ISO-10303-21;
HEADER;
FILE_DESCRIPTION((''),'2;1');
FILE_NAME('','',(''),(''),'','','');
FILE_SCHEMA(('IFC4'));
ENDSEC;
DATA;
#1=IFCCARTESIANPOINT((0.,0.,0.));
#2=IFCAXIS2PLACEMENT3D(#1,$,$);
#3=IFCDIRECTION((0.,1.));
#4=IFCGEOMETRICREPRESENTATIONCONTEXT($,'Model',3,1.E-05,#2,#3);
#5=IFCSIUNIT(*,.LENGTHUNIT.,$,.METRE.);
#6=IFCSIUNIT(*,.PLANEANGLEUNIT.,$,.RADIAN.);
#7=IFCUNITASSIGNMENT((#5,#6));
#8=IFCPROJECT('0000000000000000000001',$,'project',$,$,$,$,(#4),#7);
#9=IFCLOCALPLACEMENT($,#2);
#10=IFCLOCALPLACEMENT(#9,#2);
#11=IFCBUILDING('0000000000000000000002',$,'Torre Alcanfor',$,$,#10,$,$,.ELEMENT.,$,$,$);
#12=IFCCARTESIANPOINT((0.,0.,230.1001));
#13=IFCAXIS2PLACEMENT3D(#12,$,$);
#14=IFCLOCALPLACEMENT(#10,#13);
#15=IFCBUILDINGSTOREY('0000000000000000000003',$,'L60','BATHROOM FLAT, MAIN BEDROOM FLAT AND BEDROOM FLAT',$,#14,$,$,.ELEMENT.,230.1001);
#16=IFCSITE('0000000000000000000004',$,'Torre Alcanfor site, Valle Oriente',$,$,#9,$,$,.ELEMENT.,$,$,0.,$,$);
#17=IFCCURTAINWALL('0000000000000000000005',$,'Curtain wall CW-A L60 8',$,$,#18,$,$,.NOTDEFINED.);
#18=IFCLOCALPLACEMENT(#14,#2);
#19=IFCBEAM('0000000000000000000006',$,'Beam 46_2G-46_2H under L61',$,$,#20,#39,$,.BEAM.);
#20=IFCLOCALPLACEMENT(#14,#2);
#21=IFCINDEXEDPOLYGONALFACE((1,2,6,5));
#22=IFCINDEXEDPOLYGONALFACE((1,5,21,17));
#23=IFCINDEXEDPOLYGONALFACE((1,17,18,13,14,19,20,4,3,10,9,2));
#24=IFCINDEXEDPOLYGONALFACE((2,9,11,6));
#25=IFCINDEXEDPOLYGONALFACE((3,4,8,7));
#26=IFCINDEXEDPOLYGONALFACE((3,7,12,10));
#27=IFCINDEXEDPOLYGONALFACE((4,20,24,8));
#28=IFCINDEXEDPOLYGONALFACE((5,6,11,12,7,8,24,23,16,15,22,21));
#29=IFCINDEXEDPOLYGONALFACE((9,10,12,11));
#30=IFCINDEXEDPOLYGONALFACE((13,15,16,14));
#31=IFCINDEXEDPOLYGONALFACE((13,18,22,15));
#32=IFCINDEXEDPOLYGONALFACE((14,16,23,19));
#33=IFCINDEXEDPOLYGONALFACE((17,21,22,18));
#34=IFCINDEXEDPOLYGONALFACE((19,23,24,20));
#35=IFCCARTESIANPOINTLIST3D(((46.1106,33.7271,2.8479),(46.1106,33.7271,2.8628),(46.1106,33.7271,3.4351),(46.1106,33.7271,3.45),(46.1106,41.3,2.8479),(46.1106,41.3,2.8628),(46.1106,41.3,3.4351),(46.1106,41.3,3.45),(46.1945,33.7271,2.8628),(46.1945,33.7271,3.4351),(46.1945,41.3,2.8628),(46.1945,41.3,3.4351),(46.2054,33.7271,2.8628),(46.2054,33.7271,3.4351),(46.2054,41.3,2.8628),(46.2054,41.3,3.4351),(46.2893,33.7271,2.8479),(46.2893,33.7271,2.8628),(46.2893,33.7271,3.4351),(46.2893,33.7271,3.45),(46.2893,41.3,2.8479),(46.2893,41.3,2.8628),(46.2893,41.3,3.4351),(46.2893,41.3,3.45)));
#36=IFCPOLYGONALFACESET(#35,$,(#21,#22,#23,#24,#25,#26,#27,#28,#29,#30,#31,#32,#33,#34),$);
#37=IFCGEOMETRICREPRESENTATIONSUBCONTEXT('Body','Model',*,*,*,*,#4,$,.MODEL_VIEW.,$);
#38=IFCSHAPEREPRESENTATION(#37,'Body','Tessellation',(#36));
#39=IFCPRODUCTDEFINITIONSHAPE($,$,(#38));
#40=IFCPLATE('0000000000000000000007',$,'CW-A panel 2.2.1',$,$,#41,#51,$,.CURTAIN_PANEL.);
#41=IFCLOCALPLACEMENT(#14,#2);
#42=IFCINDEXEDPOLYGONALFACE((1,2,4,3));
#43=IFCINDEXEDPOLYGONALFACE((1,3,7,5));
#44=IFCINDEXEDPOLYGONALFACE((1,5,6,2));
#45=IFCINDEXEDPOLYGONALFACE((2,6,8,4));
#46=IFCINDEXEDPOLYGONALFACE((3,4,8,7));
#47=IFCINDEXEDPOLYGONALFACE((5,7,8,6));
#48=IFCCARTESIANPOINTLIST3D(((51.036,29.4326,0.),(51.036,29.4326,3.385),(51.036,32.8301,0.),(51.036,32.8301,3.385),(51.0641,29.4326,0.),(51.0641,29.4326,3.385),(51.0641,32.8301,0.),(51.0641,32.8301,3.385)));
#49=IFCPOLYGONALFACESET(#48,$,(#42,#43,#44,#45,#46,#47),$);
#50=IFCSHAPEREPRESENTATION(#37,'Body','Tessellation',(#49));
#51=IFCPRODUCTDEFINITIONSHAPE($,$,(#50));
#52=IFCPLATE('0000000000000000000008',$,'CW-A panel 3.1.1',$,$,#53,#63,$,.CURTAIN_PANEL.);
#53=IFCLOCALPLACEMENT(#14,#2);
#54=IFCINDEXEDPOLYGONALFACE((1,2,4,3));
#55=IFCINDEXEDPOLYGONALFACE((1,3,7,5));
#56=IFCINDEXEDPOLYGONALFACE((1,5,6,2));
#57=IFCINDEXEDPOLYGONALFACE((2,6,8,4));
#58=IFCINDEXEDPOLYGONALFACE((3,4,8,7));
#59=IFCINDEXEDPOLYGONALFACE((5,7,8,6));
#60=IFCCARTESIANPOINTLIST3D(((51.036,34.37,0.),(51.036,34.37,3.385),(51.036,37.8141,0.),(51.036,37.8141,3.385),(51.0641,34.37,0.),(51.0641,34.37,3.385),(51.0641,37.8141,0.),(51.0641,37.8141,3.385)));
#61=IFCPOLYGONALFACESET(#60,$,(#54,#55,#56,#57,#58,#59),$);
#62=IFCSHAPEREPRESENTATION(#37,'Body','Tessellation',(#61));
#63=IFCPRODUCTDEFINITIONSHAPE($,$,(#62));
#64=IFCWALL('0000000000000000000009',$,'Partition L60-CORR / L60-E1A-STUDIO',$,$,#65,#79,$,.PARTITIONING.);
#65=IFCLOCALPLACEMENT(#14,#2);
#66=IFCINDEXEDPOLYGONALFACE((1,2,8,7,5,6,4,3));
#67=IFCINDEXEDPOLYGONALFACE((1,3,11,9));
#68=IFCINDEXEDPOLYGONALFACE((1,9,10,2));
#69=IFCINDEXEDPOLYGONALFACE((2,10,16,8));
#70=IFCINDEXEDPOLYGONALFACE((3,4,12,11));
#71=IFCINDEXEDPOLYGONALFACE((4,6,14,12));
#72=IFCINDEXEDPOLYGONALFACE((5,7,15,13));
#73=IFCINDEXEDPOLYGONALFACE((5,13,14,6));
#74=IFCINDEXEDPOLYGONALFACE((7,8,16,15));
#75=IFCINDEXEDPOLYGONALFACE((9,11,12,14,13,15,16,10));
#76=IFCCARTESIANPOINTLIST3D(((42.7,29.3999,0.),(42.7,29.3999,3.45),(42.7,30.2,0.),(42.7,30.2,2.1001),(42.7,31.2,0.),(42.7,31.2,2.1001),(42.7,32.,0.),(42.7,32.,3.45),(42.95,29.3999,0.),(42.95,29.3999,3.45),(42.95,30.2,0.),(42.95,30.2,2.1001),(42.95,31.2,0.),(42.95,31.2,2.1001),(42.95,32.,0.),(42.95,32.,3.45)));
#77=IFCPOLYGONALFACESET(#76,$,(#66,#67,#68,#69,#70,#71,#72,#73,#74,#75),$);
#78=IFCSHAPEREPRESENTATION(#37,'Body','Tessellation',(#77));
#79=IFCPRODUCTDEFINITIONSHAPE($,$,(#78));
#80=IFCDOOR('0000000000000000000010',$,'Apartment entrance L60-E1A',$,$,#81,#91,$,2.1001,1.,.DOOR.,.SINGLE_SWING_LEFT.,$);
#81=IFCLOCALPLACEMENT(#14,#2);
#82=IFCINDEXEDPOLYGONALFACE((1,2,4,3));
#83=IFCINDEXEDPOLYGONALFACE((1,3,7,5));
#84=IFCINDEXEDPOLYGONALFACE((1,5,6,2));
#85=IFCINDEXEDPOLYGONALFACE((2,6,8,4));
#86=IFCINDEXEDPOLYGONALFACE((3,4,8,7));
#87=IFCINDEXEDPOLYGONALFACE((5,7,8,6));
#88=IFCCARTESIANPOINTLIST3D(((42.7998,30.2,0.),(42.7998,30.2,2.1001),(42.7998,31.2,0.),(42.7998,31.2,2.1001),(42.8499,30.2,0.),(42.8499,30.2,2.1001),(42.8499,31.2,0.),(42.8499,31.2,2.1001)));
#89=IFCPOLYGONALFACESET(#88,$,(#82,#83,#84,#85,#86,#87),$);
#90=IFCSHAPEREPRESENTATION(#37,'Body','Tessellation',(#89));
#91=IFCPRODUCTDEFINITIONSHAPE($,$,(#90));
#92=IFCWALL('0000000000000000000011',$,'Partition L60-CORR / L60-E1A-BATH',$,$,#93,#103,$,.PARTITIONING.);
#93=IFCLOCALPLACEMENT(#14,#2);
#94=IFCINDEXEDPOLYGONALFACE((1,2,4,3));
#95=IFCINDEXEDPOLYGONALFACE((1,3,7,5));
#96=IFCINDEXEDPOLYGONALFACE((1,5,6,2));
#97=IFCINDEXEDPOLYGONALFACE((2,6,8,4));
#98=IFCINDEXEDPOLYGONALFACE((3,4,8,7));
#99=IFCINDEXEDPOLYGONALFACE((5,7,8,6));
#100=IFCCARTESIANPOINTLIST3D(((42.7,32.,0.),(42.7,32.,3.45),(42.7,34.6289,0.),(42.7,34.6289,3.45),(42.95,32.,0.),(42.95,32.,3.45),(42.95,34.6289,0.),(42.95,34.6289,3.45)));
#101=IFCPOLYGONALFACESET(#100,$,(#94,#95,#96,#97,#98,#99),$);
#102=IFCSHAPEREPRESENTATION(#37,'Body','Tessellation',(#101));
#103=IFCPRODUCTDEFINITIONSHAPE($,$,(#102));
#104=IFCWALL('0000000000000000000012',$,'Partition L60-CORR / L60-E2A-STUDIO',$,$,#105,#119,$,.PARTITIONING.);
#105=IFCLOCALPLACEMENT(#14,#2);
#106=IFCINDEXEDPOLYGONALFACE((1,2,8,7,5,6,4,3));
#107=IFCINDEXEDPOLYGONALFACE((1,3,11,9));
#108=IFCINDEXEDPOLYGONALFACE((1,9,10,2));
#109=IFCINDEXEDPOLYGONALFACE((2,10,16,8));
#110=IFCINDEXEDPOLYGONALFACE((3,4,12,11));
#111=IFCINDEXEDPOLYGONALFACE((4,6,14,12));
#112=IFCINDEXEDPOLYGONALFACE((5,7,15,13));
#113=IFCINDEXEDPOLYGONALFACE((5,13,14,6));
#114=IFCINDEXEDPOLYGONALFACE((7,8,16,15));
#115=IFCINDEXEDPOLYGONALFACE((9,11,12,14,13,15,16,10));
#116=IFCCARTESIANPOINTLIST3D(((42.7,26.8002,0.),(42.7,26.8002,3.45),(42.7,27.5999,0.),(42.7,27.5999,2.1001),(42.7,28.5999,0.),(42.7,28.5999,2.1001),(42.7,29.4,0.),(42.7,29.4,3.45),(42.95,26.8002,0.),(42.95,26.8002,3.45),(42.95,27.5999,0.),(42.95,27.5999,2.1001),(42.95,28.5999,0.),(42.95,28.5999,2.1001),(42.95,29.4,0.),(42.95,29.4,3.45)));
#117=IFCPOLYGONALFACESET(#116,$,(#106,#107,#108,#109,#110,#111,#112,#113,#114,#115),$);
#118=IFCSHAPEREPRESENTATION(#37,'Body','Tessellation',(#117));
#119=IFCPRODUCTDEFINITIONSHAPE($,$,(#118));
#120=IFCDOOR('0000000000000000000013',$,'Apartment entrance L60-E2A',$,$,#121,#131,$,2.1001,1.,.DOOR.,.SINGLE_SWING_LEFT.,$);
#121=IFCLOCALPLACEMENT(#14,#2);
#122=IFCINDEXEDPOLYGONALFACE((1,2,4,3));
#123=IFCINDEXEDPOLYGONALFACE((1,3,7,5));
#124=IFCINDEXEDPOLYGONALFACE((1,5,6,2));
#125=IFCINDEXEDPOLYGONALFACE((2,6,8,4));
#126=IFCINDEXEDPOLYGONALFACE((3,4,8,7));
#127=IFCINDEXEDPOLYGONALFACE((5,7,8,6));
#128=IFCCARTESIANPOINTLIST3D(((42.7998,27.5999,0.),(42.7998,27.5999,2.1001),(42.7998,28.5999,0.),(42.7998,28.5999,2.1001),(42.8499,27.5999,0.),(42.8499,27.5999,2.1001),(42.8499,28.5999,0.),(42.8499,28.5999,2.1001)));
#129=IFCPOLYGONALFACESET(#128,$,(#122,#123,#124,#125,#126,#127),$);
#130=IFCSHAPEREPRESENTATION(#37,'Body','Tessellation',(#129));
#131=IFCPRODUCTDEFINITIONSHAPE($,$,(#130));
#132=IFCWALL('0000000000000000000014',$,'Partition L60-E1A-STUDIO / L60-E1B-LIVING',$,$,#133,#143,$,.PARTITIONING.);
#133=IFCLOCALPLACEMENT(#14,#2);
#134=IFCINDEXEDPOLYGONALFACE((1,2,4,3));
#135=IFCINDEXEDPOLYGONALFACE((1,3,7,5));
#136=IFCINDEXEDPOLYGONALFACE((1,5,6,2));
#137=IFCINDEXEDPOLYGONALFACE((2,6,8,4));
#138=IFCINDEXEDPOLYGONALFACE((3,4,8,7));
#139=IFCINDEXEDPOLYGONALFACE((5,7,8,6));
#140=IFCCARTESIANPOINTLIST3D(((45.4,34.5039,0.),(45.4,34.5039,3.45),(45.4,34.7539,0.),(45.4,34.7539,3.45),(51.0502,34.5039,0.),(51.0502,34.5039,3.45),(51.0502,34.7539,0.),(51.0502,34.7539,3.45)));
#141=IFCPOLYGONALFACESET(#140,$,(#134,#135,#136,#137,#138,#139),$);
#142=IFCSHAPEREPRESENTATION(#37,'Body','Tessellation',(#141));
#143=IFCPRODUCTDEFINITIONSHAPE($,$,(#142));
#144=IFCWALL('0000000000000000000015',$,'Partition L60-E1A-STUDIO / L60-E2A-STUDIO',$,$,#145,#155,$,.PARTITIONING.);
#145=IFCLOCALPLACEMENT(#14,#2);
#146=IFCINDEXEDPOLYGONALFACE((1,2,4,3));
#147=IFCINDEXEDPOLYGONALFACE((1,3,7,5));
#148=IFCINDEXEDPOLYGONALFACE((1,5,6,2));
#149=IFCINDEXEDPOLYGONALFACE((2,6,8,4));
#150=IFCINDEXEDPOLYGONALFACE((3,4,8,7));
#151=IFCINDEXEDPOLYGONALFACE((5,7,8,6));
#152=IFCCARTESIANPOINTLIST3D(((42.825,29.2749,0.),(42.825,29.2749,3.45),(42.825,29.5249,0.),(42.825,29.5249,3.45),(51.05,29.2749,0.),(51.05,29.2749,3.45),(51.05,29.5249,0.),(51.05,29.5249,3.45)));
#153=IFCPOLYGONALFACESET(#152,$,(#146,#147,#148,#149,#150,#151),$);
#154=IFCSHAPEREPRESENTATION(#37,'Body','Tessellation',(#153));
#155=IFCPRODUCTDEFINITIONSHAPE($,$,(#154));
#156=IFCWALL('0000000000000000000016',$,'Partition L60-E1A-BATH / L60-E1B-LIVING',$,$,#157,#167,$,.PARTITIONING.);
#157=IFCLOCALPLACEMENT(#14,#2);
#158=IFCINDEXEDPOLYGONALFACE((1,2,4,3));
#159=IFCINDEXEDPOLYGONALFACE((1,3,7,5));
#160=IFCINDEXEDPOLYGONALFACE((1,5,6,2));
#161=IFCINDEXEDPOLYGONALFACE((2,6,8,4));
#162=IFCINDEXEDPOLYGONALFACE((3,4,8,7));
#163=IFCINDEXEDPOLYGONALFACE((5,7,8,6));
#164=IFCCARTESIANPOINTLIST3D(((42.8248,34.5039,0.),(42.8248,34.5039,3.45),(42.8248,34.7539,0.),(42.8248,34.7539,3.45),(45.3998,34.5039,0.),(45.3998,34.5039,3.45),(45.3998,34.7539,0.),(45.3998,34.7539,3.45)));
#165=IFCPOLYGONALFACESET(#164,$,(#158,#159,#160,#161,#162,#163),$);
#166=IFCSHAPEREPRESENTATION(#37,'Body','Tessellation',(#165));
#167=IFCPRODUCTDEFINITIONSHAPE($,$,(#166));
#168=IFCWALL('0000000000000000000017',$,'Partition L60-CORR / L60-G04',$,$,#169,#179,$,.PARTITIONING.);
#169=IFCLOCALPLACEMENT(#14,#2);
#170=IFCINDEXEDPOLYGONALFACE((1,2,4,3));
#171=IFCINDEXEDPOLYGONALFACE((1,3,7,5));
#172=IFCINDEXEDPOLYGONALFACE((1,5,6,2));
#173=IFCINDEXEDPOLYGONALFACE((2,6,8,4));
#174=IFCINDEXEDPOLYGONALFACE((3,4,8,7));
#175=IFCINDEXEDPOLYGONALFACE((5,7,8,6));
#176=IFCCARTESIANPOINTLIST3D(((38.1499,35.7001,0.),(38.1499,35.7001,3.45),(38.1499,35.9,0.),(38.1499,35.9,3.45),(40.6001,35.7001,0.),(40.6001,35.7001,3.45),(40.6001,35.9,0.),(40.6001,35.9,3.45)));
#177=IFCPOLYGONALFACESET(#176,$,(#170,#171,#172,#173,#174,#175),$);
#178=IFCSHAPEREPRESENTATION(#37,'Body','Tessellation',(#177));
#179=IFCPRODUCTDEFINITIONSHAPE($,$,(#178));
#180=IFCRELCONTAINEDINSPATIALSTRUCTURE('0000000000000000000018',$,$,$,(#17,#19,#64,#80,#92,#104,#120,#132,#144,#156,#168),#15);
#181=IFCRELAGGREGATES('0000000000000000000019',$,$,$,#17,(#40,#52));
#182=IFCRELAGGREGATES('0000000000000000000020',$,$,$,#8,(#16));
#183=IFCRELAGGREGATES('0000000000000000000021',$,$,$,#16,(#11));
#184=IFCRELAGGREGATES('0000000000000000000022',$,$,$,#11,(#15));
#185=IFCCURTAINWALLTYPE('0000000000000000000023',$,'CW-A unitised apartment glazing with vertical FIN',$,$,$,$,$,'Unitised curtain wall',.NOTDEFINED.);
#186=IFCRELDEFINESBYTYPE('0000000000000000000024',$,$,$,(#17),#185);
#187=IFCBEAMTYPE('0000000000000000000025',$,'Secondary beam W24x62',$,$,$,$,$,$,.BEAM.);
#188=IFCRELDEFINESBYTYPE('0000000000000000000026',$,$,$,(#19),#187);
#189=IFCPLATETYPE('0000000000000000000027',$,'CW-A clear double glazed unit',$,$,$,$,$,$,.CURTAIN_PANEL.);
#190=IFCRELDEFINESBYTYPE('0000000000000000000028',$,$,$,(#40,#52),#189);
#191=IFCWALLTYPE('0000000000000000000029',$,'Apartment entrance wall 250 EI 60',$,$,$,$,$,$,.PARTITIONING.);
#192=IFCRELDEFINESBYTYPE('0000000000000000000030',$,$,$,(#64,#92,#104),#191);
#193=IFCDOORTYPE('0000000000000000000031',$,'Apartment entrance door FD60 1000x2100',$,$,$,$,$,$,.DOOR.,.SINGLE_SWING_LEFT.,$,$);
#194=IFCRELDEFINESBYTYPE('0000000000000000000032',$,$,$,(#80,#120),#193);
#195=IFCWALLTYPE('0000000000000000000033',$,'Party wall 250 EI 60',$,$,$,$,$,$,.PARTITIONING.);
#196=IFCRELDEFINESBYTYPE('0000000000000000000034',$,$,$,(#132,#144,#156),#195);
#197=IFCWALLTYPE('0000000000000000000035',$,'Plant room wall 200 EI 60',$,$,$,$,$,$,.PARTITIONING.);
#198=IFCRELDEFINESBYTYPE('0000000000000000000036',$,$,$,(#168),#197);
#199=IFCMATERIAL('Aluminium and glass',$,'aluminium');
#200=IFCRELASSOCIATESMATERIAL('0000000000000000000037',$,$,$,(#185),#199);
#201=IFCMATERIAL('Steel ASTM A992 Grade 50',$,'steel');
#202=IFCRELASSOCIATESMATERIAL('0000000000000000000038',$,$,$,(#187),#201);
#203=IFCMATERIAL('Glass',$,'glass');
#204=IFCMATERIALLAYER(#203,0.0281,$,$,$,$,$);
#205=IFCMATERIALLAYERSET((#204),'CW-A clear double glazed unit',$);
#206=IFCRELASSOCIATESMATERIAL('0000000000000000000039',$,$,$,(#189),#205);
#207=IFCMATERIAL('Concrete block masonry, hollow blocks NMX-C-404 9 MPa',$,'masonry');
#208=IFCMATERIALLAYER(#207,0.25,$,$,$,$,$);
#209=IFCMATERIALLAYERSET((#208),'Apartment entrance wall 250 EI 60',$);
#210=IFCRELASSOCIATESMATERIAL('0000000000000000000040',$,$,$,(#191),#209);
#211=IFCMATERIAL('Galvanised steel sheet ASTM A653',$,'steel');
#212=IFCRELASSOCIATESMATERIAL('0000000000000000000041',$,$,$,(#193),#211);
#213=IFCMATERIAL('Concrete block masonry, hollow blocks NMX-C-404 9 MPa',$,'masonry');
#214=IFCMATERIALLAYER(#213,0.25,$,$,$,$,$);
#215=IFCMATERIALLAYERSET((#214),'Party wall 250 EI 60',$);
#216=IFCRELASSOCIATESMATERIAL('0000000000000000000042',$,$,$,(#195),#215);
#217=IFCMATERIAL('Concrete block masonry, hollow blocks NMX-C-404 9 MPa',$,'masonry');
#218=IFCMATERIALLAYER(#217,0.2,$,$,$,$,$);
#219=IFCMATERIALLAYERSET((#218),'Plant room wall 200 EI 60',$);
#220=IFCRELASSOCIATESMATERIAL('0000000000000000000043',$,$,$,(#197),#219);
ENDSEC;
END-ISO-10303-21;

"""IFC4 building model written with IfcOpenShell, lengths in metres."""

from ifc_helpers import new_model, si_unit, direction, frame, frame_2d, origin, origin_2d, place, context, subcontext, project, spatial, rectangle, i_section, extrude, material, layer, layer_set, material_profile, profile_set, type_object, element, fill, aggregate, save


model = new_model("IFC4")

# Units and contexts
model_context = context("Model", 3, precision=1e-05, world=origin(), true_north=direction((0.0, 1.0)))
body_context = subcontext(model_context, "Body", "Model", "MODEL_VIEW")
ifc_project = project(units=[si_unit("LENGTHUNIT", "METRE"), si_unit("PLANEANGLEUNIT", "RADIAN")], contexts=[model_context])

# Site, building, storey
site_placement = place(None, origin())
site = spatial("IfcSite", under=ifc_project, at=site_placement, Name="Torre Alcanfor site, Valle Oriente", CompositionType="ELEMENT", RefElevation=0.0)
building_placement = place(site_placement, origin())
building = spatial("IfcBuilding", under=site, at=building_placement, Name="Torre Alcanfor", CompositionType="ELEMENT")
storey_placement = place(building_placement, frame((0.0, 0.0, 230.1001)))
storey = spatial("IfcBuildingStorey", under=building, at=storey_placement, Name="L60", Description="BATHROOM FLAT, MAIN BEDROOM FLAT AND BEDROOM FLAT", CompositionType="ELEMENT", Elevation=230.1001)

# Curtain wall
ifc_material_1 = material(Name="Aluminium and glass", Category="aluminium")
curtain_wall_type = type_object("IfcCurtainWallType", Name="CW-A unitised apartment glazing with vertical FIN", ElementType="Unitised curtain wall", PredefinedType="NOTDEFINED", material=ifc_material_1)
curtain_wall_placement = place(storey_placement, origin())
curtain_wall = element("IfcCurtainWall", 1, at=curtain_wall_placement, inside=storey, type_object=curtain_wall_type, Name="Curtain wall CW-A L60 8", PredefinedType="NOTDEFINED")

# Beam
ifc_material_2 = material(Name="Steel ASTM A992 Grade 50", Category="steel")
ifc_material_profile_1 = material_profile(ifc_material_2, i_section(OverallWidth=0.1787, OverallDepth=0.6021, WebThickness=0.011, FlangeThickness=0.0149, at=origin_2d()), Name="W24x62")
ifc_profile_set_1 = profile_set([ifc_material_profile_1], Name="Steel ASTM A992 Grade 50")
beam_type_1 = type_object("IfcBeamType", Name="Secondary beam W24x62", PredefinedType="BEAM", material=ifc_profile_set_1)
beam_1_placement = place(storey_placement, frame((46.2, 33.7271, 3.1489), z_axis=(0.0, 1.0, 0.0), x_axis=(-1.0, 0.0, 0.0)))
element("IfcBeam", 2, at=beam_1_placement, inside=storey, type_object=beam_type_1, Name="Beam 46_2G-46_2H under L61", PredefinedType="BEAM", context=body_context, shape_type="SweptSolid", body=[
    extrude(i_section(OverallWidth=0.1787, OverallDepth=0.6021, WebThickness=0.011, FlangeThickness=0.0149, at=origin_2d()), origin(), (0.0, 0.0, 1.0), 7.573),
])

# Plates
ifc_material_3 = material(Name="Glass", Category="glass")
ifc_layer_1 = layer(ifc_material_3, 0.0281)
ifc_layer_set_1 = layer_set([ifc_layer_1], Name="CW-A clear double glazed unit")
plate_type = type_object("IfcPlateType", Name="CW-A clear double glazed unit", PredefinedType="CURTAIN_PANEL", material=ifc_layer_set_1)
plate_1_placement = place(storey_placement, frame((51.05, 31.1313, 0.0), z_axis=(0.0, 0.0, 1.0), x_axis=(0.0, 1.0, 0.0)))
plate_1 = element("IfcPlate", 3, at=plate_1_placement, type_object=plate_type, Name="CW-A panel 2.2.1", PredefinedType="CURTAIN_PANEL", context=body_context, shape_type="SweptSolid", body=[
    extrude(rectangle(XDim=3.3975, YDim=0.0281, at=origin_2d()), origin(), (0.0, 0.0, 1.0), 3.385),
])
plate_2_placement = place(storey_placement, frame((51.05, 36.092, 0.0), z_axis=(0.0, 0.0, 1.0), x_axis=(0.0, 1.0, 0.0)))
plate_2 = element("IfcPlate", 4, at=plate_2_placement, type_object=plate_type, Name="CW-A panel 3.1.1", PredefinedType="CURTAIN_PANEL", context=body_context, shape_type="SweptSolid", body=[
    extrude(rectangle(XDim=3.4441, YDim=0.0281, at=origin_2d()), origin(), (0.0, 0.0, 1.0), 3.385),
])
aggregate(curtain_wall, [plate_1, plate_2])

# Wall, opening, door
ifc_material_4 = material(Name="Concrete block masonry, hollow blocks NMX-C-404 9 MPa", Category="masonry")
ifc_layer_2 = layer(ifc_material_4, 0.25)
ifc_layer_set_2 = layer_set([ifc_layer_2], Name="Apartment entrance wall 250 EI 60")
wall_type_1 = type_object("IfcWallType", Name="Apartment entrance wall 250 EI 60", PredefinedType="PARTITIONING", material=ifc_layer_set_2)
wall_1_placement = place(storey_placement, frame((42.825, 32.0, 0.0), z_axis=(0.0, 0.0, 1.0), x_axis=(0.0, -1.0, 0.0)))
wall_1 = element("IfcWall", 5, at=wall_1_placement, inside=storey, type_object=wall_type_1, Name="Partition L60-CORR / L60-E1A-STUDIO", PredefinedType="PARTITIONING", context=body_context, shape_type="SweptSolid", body=[
    extrude(rectangle(XDim=2.6001, YDim=0.25, at=frame_2d((1.3, 0.0))), origin(), (0.0, 0.0, 1.0), 3.45),
])
opening_1_placement = place(wall_1_placement, frame((0.8, 0.0, 0.0)))
opening_1 = element("IfcOpeningElement", 6, at=opening_1_placement, cuts=wall_1, PredefinedType="OPENING", context=body_context, shape_type="SweptSolid", body=[
    extrude(rectangle(XDim=1.0, YDim=2.1001, at=frame_2d((0.5, 1.05))), frame((0.0, 0.135, 0.0), z_axis=(0.0, -1.0, 0.0), x_axis=(1.0, 0.0, 0.0)), (0.0, 0.0, 1.0), 0.27),
])
ifc_material_5 = material(Name="Galvanised steel sheet ASTM A653", Category="steel")
door_type_1 = type_object("IfcDoorType", Name="Apartment entrance door FD60 1000x2100", OperationType="SINGLE_SWING_LEFT", PredefinedType="DOOR", material=ifc_material_5)
door_1_placement = place(opening_1_placement, origin())
door_1 = element("IfcDoor", 7, at=door_1_placement, inside=storey, type_object=door_type_1, Name="Apartment entrance L60-E1A", OperationType="SINGLE_SWING_LEFT", OverallHeight=2.1001, OverallWidth=1.0, PredefinedType="DOOR", context=body_context, shape_type="SweptSolid", body=[
    extrude(rectangle(XDim=1.0, YDim=2.1001, at=frame_2d((0.5, 1.05))), frame((0.0, 0.0249, 0.0), z_axis=(0.0, -1.0, 0.0), x_axis=(1.0, 0.0, 0.0)), (0.0, 0.0, 1.0), 0.05),
])
fill(opening_1, door_1)

# Wall
wall_2_placement = place(storey_placement, frame((42.825, 34.6289, 0.0), z_axis=(0.0, 0.0, 1.0), x_axis=(0.0, -1.0, 0.0)))
element("IfcWall", 8, at=wall_2_placement, inside=storey, type_object=wall_type_1, Name="Partition L60-CORR / L60-E1A-BATH", PredefinedType="PARTITIONING", context=body_context, shape_type="SweptSolid", body=[
    extrude(rectangle(XDim=2.6289, YDim=0.25, at=frame_2d((1.3145, 0.0))), origin(), (0.0, 0.0, 1.0), 3.45),
])

# Wall, opening, door
wall_3_placement = place(storey_placement, frame((42.825, 29.3999, 0.0), z_axis=(0.0, 0.0, 1.0), x_axis=(0.0, -1.0, 0.0)))
wall_3 = element("IfcWall", 9, at=wall_3_placement, inside=storey, type_object=wall_type_1, Name="Partition L60-CORR / L60-E2A-STUDIO", PredefinedType="PARTITIONING", context=body_context, shape_type="SweptSolid", body=[
    extrude(rectangle(XDim=2.5999, YDim=0.25, at=frame_2d((1.2998, 0.0))), origin(), (0.0, 0.0, 1.0), 3.45),
])
opening_2_placement = place(wall_3_placement, frame((0.8, 0.0, 0.0)))
opening_2 = element("IfcOpeningElement", 10, at=opening_2_placement, cuts=wall_3, PredefinedType="OPENING", context=body_context, shape_type="SweptSolid", body=[
    extrude(rectangle(XDim=1.0, YDim=2.1001, at=frame_2d((0.5, 1.05))), frame((0.0, 0.135, 0.0), z_axis=(0.0, -1.0, 0.0), x_axis=(1.0, 0.0, 0.0)), (0.0, 0.0, 1.0), 0.27),
])
door_2_placement = place(opening_2_placement, origin())
door_2 = element("IfcDoor", 11, at=door_2_placement, inside=storey, type_object=door_type_1, Name="Apartment entrance L60-E2A", OperationType="SINGLE_SWING_LEFT", OverallHeight=2.1001, OverallWidth=1.0, PredefinedType="DOOR", context=body_context, shape_type="SweptSolid", body=[
    extrude(rectangle(XDim=1.0, YDim=2.1001, at=frame_2d((0.5, 1.05))), frame((0.0, 0.0249, 0.0), z_axis=(0.0, -1.0, 0.0), x_axis=(1.0, 0.0, 0.0)), (0.0, 0.0, 1.0), 0.05),
])
fill(opening_2, door_2)

# Walls
ifc_material_6 = material(Name="Concrete block masonry, hollow blocks NMX-C-404 9 MPa", Category="masonry")
ifc_layer_3 = layer(ifc_material_6, 0.25)
ifc_layer_set_3 = layer_set([ifc_layer_3], Name="Party wall 250 EI 60")
wall_type_2 = type_object("IfcWallType", Name="Party wall 250 EI 60", PredefinedType="PARTITIONING", material=ifc_layer_set_3)
wall_4_placement = place(storey_placement, frame((45.3999, 34.6289, 0.0), z_axis=(0.0, 0.0, 1.0), x_axis=(1.0, 0.0, 0.0)))
element("IfcWall", 12, at=wall_4_placement, inside=storey, type_object=wall_type_2, Name="Partition L60-E1A-STUDIO / L60-E1B-LIVING", PredefinedType="PARTITIONING", context=body_context, shape_type="SweptSolid", body=[
    extrude(rectangle(XDim=5.6501, YDim=0.25, at=frame_2d((2.8252, 0.0))), origin(), (0.0, 0.0, 1.0), 3.45),
])
wall_5_placement = place(storey_placement, frame((51.05, 29.3999, 0.0), z_axis=(0.0, 0.0, 1.0), x_axis=(-1.0, 0.0, 0.0)))
element("IfcWall", 13, at=wall_5_placement, inside=storey, type_object=wall_type_2, Name="Partition L60-E1A-STUDIO / L60-E2A-STUDIO", PredefinedType="PARTITIONING", context=body_context, shape_type="SweptSolid", body=[
    extrude(rectangle(XDim=8.2251, YDim=0.25, at=frame_2d((4.1125, 0.0))), origin(), (0.0, 0.0, 1.0), 3.45),
])
wall_6_placement = place(storey_placement, frame((45.3999, 34.6289, 0.0), z_axis=(0.0, 0.0, 1.0), x_axis=(-1.0, 0.0, 0.0)))
element("IfcWall", 14, at=wall_6_placement, inside=storey, type_object=wall_type_2, Name="Partition L60-E1A-BATH / L60-E1B-LIVING", PredefinedType="PARTITIONING", context=body_context, shape_type="SweptSolid", body=[
    extrude(rectangle(XDim=2.575, YDim=0.25, at=frame_2d((1.2876, 0.0))), origin(), (0.0, 0.0, 1.0), 3.45),
])
ifc_material_7 = material(Name="Concrete block masonry, hollow blocks NMX-C-404 9 MPa", Category="masonry")
ifc_layer_4 = layer(ifc_material_7, 0.2)
ifc_layer_set_4 = layer_set([ifc_layer_4], Name="Plant room wall 200 EI 60")
wall_type_3 = type_object("IfcWallType", Name="Plant room wall 200 EI 60", PredefinedType="PARTITIONING", material=ifc_layer_set_4)
wall_7_placement = place(storey_placement, frame((38.1499, 35.8, 0.0), z_axis=(0.0, 0.0, 1.0), x_axis=(1.0, 0.0, 0.0)))
element("IfcWall", 15, at=wall_7_placement, inside=storey, type_object=wall_type_3, Name="Partition L60-CORR / L60-G04", PredefinedType="PARTITIONING", context=body_context, shape_type="SweptSolid", body=[
    extrude(rectangle(XDim=2.4502, YDim=0.2, at=frame_2d((1.2251, 0.0))), origin(), (0.0, 0.0, 1.0), 3.45),
])

save(model, "model.ifc")
